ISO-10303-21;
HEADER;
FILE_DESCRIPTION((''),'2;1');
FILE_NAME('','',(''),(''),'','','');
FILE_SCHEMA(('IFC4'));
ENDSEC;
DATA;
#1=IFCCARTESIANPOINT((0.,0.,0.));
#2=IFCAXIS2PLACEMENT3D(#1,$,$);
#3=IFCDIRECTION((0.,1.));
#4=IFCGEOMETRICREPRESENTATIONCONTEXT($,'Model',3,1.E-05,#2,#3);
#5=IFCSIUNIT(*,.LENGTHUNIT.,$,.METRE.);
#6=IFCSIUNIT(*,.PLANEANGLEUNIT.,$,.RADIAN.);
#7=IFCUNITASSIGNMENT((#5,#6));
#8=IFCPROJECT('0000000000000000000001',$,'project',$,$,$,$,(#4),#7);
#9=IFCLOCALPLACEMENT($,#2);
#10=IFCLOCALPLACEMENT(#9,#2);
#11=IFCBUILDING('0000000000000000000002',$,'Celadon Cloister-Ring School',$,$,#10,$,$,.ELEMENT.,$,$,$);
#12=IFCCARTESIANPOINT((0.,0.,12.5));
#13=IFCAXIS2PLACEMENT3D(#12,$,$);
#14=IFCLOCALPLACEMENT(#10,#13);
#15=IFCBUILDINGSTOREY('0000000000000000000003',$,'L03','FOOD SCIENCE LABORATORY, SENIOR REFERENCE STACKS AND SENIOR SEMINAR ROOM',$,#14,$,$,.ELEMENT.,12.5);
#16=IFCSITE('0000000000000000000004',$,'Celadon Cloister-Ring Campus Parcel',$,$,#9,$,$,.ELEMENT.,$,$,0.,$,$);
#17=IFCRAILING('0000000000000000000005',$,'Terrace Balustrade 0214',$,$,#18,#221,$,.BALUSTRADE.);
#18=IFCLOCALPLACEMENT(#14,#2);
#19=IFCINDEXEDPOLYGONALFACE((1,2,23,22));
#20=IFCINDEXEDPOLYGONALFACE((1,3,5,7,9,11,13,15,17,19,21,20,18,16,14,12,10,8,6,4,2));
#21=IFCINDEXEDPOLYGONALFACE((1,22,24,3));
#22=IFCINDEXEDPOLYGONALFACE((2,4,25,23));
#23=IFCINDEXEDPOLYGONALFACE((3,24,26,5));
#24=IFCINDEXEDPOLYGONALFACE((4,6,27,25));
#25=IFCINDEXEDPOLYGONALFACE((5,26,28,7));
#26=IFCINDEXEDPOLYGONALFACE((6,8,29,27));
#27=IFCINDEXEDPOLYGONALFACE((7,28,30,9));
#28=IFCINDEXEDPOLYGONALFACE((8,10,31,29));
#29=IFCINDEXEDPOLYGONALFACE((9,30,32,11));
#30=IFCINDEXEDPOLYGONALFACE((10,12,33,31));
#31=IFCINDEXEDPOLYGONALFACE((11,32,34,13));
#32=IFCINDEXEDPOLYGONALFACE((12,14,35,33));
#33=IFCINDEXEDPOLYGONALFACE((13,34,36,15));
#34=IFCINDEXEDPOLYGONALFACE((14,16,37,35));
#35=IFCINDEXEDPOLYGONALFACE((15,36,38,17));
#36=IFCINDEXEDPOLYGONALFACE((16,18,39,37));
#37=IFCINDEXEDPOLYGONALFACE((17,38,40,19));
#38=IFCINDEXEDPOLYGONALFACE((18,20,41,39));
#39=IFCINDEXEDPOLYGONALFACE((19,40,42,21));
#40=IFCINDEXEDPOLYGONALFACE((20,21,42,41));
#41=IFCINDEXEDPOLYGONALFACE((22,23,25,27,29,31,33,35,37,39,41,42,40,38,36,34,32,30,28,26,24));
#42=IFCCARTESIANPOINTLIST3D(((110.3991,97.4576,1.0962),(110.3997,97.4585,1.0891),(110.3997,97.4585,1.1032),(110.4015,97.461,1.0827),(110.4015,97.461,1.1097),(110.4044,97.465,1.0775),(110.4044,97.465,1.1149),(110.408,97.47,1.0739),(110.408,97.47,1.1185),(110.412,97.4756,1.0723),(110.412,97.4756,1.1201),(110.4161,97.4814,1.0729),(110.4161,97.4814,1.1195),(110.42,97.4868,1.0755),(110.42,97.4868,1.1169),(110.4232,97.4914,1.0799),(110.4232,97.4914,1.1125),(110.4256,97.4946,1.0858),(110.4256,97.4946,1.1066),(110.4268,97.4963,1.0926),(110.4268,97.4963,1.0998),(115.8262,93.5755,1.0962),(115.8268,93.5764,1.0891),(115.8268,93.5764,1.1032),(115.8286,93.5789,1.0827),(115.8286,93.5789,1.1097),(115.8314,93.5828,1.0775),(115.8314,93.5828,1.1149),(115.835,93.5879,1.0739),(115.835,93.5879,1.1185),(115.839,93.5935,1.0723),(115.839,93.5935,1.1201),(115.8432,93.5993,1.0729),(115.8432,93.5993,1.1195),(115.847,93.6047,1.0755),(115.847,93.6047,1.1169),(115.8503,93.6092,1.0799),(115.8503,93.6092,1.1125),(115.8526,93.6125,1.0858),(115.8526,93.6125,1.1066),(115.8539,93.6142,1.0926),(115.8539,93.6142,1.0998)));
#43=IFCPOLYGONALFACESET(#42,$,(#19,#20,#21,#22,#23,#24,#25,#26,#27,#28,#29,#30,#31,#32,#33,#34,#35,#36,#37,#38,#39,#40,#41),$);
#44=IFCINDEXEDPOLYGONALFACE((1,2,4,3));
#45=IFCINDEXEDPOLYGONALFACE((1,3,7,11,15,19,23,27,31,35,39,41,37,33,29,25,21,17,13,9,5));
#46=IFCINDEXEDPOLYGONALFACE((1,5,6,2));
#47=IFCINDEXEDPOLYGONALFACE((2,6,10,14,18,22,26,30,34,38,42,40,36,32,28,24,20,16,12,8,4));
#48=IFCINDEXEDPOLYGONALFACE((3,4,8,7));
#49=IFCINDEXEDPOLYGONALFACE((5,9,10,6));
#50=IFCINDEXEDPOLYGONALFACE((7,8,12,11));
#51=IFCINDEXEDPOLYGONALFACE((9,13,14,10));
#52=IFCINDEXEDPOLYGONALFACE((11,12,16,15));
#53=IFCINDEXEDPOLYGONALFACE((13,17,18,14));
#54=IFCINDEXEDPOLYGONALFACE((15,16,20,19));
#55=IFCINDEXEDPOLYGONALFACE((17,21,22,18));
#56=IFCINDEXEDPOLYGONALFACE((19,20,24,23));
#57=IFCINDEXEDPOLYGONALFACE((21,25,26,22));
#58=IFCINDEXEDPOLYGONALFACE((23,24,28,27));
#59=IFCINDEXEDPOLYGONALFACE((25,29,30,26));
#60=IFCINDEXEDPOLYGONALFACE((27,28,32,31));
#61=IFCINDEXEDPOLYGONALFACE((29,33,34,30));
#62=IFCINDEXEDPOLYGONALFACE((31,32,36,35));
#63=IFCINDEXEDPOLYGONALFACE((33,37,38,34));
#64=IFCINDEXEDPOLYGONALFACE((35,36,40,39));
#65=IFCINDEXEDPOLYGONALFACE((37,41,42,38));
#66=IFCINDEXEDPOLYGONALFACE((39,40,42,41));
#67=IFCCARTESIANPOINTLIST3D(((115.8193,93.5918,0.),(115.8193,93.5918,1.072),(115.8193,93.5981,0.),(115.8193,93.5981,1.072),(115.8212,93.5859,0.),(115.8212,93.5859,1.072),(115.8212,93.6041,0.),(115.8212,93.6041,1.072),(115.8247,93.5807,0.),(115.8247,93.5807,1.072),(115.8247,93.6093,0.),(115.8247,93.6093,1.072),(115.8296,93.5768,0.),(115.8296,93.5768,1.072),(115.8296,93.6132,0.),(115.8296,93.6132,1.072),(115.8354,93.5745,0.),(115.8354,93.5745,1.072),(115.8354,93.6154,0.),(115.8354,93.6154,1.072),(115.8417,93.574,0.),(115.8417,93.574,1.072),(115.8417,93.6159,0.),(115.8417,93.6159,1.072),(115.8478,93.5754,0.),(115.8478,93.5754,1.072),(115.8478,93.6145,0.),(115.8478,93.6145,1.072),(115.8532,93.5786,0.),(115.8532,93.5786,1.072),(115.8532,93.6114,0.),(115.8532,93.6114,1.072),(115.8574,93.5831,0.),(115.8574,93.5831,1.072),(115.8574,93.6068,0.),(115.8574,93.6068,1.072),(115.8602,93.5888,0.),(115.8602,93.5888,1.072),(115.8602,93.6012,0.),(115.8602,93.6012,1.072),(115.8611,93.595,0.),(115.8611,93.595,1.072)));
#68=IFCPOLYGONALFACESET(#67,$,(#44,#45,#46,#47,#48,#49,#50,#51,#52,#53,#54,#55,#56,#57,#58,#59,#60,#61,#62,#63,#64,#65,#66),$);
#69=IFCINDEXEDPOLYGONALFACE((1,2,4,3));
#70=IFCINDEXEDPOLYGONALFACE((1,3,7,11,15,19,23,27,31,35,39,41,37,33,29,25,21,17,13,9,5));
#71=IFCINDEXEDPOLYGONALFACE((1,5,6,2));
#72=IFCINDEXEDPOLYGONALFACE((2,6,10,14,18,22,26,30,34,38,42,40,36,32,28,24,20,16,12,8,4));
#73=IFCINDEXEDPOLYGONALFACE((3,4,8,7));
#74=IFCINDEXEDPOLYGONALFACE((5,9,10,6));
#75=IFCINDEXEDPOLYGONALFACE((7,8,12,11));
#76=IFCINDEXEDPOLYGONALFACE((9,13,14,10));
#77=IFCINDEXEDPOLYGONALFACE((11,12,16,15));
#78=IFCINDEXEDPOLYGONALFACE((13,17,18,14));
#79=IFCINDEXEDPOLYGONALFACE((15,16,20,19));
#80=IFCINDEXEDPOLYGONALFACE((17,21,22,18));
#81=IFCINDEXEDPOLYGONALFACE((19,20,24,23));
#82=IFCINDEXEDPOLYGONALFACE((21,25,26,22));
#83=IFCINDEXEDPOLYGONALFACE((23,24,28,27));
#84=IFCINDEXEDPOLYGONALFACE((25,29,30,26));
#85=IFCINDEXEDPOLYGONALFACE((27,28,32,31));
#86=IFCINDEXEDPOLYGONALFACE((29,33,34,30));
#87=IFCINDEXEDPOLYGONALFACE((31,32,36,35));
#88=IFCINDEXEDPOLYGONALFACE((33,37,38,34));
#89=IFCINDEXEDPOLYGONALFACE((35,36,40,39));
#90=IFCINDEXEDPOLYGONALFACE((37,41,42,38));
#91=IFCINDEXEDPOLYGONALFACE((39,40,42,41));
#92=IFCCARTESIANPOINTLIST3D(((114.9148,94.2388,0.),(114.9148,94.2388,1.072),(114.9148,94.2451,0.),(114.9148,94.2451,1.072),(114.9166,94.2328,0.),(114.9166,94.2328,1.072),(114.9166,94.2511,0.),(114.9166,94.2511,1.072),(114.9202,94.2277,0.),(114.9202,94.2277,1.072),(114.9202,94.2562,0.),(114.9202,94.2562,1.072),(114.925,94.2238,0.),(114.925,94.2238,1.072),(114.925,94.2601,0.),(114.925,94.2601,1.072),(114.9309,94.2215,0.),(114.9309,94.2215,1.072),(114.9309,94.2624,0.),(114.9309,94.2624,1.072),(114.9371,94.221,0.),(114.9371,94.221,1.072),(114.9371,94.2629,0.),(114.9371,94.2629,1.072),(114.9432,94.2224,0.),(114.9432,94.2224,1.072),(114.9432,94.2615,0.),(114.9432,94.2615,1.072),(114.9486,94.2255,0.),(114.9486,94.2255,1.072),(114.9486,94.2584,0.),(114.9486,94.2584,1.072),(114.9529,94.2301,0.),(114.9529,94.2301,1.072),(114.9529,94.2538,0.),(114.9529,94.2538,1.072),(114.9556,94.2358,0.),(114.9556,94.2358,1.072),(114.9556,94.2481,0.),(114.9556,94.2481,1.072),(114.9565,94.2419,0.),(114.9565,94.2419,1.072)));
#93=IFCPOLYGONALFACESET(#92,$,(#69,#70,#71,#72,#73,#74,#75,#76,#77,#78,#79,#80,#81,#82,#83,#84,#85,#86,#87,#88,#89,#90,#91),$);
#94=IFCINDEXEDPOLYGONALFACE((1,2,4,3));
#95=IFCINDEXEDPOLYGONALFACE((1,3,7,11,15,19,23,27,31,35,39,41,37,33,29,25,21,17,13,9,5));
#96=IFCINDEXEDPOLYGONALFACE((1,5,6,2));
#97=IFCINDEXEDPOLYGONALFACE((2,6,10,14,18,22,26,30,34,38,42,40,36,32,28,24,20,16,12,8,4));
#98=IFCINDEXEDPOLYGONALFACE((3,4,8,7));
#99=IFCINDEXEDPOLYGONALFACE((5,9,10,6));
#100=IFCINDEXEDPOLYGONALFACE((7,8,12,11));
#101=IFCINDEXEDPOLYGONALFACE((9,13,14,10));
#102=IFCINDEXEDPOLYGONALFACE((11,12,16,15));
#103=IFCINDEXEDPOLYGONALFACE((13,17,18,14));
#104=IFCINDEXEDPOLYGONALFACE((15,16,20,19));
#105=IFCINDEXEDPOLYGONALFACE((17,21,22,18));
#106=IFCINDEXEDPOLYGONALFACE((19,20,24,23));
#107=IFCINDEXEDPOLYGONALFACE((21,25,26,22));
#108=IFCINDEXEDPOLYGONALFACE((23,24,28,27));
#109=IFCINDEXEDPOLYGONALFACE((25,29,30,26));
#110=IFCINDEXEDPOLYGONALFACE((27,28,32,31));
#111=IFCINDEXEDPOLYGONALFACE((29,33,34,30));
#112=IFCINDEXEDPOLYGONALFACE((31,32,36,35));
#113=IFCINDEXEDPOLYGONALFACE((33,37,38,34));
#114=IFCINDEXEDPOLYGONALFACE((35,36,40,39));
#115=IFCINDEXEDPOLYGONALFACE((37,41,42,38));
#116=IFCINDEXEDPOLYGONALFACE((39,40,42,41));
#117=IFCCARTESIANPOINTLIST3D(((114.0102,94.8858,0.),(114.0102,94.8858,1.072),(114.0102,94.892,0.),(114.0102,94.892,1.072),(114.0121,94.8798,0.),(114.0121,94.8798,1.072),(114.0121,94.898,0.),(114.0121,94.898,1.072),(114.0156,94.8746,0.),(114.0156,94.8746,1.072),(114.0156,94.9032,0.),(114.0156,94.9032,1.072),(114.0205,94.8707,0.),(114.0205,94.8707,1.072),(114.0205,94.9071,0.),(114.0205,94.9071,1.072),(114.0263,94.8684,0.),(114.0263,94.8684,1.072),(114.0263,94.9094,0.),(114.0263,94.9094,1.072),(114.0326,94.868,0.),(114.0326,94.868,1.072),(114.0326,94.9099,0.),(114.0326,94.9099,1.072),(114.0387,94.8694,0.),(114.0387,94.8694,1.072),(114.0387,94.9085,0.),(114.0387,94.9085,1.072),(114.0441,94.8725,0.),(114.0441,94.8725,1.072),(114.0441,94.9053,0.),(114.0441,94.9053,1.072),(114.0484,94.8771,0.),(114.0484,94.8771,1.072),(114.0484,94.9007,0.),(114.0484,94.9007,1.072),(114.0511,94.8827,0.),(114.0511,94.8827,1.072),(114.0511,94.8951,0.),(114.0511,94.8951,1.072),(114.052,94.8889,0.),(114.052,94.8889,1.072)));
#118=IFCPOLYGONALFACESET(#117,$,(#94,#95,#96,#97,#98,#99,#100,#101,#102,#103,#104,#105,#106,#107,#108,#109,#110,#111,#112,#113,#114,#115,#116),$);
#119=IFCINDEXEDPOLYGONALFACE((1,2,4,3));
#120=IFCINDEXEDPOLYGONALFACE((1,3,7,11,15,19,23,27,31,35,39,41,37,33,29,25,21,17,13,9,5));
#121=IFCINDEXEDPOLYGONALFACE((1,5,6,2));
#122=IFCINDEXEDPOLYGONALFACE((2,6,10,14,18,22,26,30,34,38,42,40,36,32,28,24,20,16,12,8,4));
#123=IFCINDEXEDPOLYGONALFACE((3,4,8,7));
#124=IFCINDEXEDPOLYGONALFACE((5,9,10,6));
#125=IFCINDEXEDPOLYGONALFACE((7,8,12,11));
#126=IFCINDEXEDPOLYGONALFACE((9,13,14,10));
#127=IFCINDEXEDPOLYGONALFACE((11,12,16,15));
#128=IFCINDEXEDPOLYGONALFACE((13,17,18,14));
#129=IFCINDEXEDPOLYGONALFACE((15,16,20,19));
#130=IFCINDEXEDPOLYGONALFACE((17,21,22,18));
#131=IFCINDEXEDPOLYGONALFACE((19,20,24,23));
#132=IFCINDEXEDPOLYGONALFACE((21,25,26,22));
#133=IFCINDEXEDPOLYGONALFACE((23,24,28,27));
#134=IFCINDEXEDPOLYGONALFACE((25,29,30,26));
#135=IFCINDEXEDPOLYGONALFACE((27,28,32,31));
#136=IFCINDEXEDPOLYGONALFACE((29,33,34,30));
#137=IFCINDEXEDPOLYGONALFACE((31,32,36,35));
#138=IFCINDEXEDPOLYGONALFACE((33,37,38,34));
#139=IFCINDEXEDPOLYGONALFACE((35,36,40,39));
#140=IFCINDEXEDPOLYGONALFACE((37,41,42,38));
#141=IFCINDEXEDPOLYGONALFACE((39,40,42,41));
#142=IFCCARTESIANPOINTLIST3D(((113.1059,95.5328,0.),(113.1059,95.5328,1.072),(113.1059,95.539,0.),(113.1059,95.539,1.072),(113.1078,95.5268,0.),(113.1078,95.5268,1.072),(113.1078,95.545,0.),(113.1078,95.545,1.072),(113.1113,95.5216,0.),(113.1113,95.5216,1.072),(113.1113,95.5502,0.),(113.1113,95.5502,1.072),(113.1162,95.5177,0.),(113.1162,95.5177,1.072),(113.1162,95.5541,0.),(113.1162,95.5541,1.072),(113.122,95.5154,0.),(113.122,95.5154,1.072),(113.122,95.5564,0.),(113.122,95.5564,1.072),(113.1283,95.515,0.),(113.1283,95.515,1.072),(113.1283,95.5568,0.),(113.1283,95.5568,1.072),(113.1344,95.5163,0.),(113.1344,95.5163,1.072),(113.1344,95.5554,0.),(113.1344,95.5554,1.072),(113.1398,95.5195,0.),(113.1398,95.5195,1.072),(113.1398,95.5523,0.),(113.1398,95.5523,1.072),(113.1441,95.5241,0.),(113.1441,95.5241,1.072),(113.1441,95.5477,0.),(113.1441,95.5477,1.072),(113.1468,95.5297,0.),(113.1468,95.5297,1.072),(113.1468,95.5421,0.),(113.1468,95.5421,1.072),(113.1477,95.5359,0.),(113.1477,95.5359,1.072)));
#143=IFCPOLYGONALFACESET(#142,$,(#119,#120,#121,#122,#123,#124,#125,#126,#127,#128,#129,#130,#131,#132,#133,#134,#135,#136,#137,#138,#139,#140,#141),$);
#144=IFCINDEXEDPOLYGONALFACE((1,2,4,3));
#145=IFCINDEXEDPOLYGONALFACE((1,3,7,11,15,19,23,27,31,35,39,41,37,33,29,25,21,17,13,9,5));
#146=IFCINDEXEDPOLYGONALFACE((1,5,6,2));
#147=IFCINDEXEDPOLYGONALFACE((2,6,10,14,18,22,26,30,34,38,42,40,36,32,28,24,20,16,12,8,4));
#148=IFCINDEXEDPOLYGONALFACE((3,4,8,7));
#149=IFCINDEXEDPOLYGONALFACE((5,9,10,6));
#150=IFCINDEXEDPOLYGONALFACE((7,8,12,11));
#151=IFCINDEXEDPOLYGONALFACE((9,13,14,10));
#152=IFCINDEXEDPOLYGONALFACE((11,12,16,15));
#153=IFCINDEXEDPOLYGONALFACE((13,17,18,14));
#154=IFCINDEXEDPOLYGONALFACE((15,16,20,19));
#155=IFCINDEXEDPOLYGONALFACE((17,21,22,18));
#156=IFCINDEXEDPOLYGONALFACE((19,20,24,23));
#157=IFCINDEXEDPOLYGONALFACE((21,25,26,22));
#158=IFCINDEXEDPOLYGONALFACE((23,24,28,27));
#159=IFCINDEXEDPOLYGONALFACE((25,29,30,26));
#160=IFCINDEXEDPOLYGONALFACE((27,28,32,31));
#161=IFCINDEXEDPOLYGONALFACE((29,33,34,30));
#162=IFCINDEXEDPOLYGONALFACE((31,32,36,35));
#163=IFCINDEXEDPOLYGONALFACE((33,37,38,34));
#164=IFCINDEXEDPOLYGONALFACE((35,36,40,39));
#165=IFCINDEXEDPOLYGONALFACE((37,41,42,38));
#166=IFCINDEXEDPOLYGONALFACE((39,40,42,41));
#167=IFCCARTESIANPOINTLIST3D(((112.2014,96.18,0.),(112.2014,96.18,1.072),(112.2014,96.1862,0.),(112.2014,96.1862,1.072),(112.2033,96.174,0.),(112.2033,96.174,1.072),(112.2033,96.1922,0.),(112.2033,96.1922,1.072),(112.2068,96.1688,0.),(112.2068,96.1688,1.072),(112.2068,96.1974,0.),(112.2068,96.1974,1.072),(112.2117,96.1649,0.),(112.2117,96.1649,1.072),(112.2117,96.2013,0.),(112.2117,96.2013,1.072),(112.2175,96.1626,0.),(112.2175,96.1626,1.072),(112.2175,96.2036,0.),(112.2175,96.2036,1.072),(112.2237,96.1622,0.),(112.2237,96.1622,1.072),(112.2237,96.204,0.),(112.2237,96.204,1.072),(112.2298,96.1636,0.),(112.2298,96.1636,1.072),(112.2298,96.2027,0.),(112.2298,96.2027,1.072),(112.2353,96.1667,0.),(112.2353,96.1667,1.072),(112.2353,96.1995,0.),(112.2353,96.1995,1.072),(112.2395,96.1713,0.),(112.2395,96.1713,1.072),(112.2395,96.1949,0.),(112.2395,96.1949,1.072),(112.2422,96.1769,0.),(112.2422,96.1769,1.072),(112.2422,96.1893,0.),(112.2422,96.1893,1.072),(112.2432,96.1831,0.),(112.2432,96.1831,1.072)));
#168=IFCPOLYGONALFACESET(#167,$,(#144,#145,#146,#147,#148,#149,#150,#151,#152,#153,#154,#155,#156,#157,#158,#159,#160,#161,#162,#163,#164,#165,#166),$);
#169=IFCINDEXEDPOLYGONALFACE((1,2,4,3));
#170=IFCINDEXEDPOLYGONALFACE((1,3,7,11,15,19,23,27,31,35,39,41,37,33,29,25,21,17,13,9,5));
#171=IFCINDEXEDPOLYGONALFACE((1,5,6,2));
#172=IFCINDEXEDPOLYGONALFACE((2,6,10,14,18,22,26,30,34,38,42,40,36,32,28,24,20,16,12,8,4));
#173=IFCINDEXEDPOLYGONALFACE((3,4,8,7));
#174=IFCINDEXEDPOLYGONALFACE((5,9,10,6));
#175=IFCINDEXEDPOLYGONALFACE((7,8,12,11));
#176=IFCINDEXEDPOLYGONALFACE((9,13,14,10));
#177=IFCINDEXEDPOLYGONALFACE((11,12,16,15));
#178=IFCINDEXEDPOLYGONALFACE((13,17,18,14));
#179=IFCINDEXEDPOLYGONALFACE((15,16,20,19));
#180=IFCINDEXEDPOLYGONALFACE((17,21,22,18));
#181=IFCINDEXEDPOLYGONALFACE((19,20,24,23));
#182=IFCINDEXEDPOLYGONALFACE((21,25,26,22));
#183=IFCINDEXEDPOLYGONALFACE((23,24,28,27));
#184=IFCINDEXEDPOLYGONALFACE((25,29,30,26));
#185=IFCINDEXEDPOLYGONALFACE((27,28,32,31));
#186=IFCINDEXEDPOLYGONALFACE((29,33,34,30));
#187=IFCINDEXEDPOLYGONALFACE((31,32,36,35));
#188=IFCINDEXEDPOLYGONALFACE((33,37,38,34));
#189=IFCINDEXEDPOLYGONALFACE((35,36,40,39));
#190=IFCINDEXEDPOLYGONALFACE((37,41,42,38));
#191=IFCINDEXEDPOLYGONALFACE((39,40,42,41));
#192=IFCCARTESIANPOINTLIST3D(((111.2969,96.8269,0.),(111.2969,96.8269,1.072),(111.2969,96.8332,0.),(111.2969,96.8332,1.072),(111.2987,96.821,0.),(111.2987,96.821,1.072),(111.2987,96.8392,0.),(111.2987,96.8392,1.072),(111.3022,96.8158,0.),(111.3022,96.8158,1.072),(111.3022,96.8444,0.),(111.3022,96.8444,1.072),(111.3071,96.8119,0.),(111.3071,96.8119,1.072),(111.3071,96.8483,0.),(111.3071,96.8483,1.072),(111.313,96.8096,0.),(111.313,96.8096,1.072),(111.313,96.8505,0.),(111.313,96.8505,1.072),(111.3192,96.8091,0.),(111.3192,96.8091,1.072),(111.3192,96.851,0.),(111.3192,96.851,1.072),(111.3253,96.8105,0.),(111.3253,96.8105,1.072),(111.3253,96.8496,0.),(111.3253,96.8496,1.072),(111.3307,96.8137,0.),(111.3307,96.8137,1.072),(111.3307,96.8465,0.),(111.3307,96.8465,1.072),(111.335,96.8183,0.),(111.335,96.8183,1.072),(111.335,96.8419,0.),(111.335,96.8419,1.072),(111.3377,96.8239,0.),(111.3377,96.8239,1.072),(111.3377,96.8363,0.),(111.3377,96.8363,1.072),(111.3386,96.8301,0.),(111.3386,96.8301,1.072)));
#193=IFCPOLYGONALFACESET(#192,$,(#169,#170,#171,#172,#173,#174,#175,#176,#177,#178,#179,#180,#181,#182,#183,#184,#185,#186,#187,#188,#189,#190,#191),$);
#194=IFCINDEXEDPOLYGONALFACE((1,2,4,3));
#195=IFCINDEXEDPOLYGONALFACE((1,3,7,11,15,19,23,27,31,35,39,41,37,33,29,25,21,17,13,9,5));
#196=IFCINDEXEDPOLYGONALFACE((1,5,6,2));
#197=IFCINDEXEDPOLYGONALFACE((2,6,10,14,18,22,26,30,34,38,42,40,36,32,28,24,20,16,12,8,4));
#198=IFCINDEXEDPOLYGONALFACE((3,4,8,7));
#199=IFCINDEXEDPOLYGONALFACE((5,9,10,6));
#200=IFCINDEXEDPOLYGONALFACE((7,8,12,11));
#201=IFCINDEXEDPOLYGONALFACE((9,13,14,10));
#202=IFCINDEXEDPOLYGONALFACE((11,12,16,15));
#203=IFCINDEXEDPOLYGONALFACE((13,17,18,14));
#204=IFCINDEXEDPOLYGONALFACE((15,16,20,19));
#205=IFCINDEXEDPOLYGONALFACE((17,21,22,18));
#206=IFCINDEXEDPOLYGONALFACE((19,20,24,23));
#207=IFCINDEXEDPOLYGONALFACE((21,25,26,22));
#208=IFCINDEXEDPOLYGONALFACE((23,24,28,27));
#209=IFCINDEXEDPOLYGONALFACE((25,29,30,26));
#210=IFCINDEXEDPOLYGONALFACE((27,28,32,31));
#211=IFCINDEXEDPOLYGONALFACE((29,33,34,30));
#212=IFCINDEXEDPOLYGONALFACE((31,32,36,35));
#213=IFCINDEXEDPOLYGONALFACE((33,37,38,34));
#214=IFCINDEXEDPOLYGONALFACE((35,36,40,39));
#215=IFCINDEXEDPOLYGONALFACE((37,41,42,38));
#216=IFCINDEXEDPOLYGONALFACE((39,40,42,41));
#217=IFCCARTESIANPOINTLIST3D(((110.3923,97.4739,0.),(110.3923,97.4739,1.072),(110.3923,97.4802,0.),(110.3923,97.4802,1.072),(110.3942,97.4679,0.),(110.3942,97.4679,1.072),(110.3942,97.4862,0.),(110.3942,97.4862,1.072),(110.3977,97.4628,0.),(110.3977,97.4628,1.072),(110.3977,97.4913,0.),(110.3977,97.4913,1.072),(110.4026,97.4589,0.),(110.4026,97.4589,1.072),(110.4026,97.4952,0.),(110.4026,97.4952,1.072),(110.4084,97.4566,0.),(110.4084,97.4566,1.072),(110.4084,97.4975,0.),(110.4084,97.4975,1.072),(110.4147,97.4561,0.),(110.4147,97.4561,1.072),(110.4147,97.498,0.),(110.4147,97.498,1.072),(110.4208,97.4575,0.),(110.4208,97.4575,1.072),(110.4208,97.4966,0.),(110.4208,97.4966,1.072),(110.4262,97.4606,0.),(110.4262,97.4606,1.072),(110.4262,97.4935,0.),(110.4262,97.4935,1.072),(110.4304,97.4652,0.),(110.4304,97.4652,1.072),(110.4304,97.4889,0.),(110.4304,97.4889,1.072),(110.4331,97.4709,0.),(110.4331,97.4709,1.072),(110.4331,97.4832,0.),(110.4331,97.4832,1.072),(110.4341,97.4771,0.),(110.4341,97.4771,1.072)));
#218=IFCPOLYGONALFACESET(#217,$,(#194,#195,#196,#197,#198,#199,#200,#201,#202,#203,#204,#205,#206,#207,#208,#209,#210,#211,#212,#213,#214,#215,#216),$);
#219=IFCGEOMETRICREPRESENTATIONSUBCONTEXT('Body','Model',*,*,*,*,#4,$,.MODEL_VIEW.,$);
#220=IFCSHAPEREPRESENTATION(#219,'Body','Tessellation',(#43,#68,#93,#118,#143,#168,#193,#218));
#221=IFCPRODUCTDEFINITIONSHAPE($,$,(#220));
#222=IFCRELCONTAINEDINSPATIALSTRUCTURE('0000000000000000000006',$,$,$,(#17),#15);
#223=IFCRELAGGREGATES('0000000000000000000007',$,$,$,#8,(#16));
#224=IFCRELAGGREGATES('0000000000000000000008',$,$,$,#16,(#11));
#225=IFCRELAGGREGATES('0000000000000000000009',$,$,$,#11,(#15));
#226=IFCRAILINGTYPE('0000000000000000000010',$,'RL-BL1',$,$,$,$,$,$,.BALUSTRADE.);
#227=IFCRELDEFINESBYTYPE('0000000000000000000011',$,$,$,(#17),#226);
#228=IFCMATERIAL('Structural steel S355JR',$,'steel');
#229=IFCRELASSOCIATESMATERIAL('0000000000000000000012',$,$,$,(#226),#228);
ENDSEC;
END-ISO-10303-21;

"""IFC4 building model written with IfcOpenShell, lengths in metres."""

from ifc_helpers import new_model, si_unit, direction, frame, origin, origin_2d, place, context, subcontext, project, spatial, circle, extrude, material, type_object, element, save


model = new_model("IFC4")

# Units and contexts
model_context = context("Model", 3, precision=1e-05, world=origin(), true_north=direction((0.0, 1.0)))
body_context = subcontext(model_context, "Body", "Model", "MODEL_VIEW")
ifc_project = project(units=[si_unit("LENGTHUNIT", "METRE"), si_unit("PLANEANGLEUNIT", "RADIAN")], contexts=[model_context])

# Site, building, storey
site_placement = place(None, origin())
site = spatial("IfcSite", under=ifc_project, at=site_placement, Name="Celadon Cloister-Ring Campus Parcel", CompositionType="ELEMENT", RefElevation=0.0)
building_placement = place(site_placement, origin())
building = spatial("IfcBuilding", under=site, at=building_placement, Name="Celadon Cloister-Ring School", CompositionType="ELEMENT")
storey_placement = place(building_placement, frame((0.0, 0.0, 12.5)))
storey = spatial("IfcBuildingStorey", under=building, at=storey_placement, Name="L03", Description="FOOD SCIENCE LABORATORY, SENIOR REFERENCE STACKS AND SENIOR SEMINAR ROOM", CompositionType="ELEMENT", Elevation=12.5)

# Railing
ifc_material_1 = material(Name="Structural steel S355JR", Category="steel")
railing_type = type_object("IfcRailingType", Name="RL-BL1", PredefinedType="BALUSTRADE", material=ifc_material_1)
railing_placement = place(storey_placement, frame((115.8401, 93.595, 0.0)))
element("IfcRailing", 1, at=railing_placement, inside=storey, type_object=railing_type, Name="Terrace Balustrade 0214", PredefinedType="BALUSTRADE", context=body_context, shape_type="SweptSolid", body=[
    extrude(circle(Radius=0.0239, at=origin_2d()), frame((0.0, 0.0, 1.0962), z_axis=(-0.813333, 0.581799, 0.0), x_axis=(-0.581799, -0.813333, 0.0)), (0.0, 0.0, 1.0), 6.6726),
    extrude(circle(Radius=0.021, at=origin_2d()), origin(), (0.0, 0.0, 1.0), 1.072),
    extrude(circle(Radius=0.021, at=origin_2d()), frame((-0.9045, 0.647, 0.0)), (0.0, 0.0, 1.0), 1.072),
    extrude(circle(Radius=0.021, at=origin_2d()), frame((-1.8091, 1.2939, 0.0)), (0.0, 0.0, 1.0), 1.072),
    extrude(circle(Radius=0.021, at=origin_2d()), frame((-2.7134, 1.9409, 0.0)), (0.0, 0.0, 1.0), 1.072),
    extrude(circle(Radius=0.021, at=origin_2d()), frame((-3.6179, 2.5881, 0.0)), (0.0, 0.0, 1.0), 1.072),
    extrude(circle(Radius=0.021, at=origin_2d()), frame((-4.5225, 3.2351, 0.0)), (0.0, 0.0, 1.0), 1.072),
    extrude(circle(Radius=0.021, at=origin_2d()), frame((-5.427, 3.8821, 0.0)), (0.0, 0.0, 1.0), 1.072),
])

save(model, "model.ifc")
